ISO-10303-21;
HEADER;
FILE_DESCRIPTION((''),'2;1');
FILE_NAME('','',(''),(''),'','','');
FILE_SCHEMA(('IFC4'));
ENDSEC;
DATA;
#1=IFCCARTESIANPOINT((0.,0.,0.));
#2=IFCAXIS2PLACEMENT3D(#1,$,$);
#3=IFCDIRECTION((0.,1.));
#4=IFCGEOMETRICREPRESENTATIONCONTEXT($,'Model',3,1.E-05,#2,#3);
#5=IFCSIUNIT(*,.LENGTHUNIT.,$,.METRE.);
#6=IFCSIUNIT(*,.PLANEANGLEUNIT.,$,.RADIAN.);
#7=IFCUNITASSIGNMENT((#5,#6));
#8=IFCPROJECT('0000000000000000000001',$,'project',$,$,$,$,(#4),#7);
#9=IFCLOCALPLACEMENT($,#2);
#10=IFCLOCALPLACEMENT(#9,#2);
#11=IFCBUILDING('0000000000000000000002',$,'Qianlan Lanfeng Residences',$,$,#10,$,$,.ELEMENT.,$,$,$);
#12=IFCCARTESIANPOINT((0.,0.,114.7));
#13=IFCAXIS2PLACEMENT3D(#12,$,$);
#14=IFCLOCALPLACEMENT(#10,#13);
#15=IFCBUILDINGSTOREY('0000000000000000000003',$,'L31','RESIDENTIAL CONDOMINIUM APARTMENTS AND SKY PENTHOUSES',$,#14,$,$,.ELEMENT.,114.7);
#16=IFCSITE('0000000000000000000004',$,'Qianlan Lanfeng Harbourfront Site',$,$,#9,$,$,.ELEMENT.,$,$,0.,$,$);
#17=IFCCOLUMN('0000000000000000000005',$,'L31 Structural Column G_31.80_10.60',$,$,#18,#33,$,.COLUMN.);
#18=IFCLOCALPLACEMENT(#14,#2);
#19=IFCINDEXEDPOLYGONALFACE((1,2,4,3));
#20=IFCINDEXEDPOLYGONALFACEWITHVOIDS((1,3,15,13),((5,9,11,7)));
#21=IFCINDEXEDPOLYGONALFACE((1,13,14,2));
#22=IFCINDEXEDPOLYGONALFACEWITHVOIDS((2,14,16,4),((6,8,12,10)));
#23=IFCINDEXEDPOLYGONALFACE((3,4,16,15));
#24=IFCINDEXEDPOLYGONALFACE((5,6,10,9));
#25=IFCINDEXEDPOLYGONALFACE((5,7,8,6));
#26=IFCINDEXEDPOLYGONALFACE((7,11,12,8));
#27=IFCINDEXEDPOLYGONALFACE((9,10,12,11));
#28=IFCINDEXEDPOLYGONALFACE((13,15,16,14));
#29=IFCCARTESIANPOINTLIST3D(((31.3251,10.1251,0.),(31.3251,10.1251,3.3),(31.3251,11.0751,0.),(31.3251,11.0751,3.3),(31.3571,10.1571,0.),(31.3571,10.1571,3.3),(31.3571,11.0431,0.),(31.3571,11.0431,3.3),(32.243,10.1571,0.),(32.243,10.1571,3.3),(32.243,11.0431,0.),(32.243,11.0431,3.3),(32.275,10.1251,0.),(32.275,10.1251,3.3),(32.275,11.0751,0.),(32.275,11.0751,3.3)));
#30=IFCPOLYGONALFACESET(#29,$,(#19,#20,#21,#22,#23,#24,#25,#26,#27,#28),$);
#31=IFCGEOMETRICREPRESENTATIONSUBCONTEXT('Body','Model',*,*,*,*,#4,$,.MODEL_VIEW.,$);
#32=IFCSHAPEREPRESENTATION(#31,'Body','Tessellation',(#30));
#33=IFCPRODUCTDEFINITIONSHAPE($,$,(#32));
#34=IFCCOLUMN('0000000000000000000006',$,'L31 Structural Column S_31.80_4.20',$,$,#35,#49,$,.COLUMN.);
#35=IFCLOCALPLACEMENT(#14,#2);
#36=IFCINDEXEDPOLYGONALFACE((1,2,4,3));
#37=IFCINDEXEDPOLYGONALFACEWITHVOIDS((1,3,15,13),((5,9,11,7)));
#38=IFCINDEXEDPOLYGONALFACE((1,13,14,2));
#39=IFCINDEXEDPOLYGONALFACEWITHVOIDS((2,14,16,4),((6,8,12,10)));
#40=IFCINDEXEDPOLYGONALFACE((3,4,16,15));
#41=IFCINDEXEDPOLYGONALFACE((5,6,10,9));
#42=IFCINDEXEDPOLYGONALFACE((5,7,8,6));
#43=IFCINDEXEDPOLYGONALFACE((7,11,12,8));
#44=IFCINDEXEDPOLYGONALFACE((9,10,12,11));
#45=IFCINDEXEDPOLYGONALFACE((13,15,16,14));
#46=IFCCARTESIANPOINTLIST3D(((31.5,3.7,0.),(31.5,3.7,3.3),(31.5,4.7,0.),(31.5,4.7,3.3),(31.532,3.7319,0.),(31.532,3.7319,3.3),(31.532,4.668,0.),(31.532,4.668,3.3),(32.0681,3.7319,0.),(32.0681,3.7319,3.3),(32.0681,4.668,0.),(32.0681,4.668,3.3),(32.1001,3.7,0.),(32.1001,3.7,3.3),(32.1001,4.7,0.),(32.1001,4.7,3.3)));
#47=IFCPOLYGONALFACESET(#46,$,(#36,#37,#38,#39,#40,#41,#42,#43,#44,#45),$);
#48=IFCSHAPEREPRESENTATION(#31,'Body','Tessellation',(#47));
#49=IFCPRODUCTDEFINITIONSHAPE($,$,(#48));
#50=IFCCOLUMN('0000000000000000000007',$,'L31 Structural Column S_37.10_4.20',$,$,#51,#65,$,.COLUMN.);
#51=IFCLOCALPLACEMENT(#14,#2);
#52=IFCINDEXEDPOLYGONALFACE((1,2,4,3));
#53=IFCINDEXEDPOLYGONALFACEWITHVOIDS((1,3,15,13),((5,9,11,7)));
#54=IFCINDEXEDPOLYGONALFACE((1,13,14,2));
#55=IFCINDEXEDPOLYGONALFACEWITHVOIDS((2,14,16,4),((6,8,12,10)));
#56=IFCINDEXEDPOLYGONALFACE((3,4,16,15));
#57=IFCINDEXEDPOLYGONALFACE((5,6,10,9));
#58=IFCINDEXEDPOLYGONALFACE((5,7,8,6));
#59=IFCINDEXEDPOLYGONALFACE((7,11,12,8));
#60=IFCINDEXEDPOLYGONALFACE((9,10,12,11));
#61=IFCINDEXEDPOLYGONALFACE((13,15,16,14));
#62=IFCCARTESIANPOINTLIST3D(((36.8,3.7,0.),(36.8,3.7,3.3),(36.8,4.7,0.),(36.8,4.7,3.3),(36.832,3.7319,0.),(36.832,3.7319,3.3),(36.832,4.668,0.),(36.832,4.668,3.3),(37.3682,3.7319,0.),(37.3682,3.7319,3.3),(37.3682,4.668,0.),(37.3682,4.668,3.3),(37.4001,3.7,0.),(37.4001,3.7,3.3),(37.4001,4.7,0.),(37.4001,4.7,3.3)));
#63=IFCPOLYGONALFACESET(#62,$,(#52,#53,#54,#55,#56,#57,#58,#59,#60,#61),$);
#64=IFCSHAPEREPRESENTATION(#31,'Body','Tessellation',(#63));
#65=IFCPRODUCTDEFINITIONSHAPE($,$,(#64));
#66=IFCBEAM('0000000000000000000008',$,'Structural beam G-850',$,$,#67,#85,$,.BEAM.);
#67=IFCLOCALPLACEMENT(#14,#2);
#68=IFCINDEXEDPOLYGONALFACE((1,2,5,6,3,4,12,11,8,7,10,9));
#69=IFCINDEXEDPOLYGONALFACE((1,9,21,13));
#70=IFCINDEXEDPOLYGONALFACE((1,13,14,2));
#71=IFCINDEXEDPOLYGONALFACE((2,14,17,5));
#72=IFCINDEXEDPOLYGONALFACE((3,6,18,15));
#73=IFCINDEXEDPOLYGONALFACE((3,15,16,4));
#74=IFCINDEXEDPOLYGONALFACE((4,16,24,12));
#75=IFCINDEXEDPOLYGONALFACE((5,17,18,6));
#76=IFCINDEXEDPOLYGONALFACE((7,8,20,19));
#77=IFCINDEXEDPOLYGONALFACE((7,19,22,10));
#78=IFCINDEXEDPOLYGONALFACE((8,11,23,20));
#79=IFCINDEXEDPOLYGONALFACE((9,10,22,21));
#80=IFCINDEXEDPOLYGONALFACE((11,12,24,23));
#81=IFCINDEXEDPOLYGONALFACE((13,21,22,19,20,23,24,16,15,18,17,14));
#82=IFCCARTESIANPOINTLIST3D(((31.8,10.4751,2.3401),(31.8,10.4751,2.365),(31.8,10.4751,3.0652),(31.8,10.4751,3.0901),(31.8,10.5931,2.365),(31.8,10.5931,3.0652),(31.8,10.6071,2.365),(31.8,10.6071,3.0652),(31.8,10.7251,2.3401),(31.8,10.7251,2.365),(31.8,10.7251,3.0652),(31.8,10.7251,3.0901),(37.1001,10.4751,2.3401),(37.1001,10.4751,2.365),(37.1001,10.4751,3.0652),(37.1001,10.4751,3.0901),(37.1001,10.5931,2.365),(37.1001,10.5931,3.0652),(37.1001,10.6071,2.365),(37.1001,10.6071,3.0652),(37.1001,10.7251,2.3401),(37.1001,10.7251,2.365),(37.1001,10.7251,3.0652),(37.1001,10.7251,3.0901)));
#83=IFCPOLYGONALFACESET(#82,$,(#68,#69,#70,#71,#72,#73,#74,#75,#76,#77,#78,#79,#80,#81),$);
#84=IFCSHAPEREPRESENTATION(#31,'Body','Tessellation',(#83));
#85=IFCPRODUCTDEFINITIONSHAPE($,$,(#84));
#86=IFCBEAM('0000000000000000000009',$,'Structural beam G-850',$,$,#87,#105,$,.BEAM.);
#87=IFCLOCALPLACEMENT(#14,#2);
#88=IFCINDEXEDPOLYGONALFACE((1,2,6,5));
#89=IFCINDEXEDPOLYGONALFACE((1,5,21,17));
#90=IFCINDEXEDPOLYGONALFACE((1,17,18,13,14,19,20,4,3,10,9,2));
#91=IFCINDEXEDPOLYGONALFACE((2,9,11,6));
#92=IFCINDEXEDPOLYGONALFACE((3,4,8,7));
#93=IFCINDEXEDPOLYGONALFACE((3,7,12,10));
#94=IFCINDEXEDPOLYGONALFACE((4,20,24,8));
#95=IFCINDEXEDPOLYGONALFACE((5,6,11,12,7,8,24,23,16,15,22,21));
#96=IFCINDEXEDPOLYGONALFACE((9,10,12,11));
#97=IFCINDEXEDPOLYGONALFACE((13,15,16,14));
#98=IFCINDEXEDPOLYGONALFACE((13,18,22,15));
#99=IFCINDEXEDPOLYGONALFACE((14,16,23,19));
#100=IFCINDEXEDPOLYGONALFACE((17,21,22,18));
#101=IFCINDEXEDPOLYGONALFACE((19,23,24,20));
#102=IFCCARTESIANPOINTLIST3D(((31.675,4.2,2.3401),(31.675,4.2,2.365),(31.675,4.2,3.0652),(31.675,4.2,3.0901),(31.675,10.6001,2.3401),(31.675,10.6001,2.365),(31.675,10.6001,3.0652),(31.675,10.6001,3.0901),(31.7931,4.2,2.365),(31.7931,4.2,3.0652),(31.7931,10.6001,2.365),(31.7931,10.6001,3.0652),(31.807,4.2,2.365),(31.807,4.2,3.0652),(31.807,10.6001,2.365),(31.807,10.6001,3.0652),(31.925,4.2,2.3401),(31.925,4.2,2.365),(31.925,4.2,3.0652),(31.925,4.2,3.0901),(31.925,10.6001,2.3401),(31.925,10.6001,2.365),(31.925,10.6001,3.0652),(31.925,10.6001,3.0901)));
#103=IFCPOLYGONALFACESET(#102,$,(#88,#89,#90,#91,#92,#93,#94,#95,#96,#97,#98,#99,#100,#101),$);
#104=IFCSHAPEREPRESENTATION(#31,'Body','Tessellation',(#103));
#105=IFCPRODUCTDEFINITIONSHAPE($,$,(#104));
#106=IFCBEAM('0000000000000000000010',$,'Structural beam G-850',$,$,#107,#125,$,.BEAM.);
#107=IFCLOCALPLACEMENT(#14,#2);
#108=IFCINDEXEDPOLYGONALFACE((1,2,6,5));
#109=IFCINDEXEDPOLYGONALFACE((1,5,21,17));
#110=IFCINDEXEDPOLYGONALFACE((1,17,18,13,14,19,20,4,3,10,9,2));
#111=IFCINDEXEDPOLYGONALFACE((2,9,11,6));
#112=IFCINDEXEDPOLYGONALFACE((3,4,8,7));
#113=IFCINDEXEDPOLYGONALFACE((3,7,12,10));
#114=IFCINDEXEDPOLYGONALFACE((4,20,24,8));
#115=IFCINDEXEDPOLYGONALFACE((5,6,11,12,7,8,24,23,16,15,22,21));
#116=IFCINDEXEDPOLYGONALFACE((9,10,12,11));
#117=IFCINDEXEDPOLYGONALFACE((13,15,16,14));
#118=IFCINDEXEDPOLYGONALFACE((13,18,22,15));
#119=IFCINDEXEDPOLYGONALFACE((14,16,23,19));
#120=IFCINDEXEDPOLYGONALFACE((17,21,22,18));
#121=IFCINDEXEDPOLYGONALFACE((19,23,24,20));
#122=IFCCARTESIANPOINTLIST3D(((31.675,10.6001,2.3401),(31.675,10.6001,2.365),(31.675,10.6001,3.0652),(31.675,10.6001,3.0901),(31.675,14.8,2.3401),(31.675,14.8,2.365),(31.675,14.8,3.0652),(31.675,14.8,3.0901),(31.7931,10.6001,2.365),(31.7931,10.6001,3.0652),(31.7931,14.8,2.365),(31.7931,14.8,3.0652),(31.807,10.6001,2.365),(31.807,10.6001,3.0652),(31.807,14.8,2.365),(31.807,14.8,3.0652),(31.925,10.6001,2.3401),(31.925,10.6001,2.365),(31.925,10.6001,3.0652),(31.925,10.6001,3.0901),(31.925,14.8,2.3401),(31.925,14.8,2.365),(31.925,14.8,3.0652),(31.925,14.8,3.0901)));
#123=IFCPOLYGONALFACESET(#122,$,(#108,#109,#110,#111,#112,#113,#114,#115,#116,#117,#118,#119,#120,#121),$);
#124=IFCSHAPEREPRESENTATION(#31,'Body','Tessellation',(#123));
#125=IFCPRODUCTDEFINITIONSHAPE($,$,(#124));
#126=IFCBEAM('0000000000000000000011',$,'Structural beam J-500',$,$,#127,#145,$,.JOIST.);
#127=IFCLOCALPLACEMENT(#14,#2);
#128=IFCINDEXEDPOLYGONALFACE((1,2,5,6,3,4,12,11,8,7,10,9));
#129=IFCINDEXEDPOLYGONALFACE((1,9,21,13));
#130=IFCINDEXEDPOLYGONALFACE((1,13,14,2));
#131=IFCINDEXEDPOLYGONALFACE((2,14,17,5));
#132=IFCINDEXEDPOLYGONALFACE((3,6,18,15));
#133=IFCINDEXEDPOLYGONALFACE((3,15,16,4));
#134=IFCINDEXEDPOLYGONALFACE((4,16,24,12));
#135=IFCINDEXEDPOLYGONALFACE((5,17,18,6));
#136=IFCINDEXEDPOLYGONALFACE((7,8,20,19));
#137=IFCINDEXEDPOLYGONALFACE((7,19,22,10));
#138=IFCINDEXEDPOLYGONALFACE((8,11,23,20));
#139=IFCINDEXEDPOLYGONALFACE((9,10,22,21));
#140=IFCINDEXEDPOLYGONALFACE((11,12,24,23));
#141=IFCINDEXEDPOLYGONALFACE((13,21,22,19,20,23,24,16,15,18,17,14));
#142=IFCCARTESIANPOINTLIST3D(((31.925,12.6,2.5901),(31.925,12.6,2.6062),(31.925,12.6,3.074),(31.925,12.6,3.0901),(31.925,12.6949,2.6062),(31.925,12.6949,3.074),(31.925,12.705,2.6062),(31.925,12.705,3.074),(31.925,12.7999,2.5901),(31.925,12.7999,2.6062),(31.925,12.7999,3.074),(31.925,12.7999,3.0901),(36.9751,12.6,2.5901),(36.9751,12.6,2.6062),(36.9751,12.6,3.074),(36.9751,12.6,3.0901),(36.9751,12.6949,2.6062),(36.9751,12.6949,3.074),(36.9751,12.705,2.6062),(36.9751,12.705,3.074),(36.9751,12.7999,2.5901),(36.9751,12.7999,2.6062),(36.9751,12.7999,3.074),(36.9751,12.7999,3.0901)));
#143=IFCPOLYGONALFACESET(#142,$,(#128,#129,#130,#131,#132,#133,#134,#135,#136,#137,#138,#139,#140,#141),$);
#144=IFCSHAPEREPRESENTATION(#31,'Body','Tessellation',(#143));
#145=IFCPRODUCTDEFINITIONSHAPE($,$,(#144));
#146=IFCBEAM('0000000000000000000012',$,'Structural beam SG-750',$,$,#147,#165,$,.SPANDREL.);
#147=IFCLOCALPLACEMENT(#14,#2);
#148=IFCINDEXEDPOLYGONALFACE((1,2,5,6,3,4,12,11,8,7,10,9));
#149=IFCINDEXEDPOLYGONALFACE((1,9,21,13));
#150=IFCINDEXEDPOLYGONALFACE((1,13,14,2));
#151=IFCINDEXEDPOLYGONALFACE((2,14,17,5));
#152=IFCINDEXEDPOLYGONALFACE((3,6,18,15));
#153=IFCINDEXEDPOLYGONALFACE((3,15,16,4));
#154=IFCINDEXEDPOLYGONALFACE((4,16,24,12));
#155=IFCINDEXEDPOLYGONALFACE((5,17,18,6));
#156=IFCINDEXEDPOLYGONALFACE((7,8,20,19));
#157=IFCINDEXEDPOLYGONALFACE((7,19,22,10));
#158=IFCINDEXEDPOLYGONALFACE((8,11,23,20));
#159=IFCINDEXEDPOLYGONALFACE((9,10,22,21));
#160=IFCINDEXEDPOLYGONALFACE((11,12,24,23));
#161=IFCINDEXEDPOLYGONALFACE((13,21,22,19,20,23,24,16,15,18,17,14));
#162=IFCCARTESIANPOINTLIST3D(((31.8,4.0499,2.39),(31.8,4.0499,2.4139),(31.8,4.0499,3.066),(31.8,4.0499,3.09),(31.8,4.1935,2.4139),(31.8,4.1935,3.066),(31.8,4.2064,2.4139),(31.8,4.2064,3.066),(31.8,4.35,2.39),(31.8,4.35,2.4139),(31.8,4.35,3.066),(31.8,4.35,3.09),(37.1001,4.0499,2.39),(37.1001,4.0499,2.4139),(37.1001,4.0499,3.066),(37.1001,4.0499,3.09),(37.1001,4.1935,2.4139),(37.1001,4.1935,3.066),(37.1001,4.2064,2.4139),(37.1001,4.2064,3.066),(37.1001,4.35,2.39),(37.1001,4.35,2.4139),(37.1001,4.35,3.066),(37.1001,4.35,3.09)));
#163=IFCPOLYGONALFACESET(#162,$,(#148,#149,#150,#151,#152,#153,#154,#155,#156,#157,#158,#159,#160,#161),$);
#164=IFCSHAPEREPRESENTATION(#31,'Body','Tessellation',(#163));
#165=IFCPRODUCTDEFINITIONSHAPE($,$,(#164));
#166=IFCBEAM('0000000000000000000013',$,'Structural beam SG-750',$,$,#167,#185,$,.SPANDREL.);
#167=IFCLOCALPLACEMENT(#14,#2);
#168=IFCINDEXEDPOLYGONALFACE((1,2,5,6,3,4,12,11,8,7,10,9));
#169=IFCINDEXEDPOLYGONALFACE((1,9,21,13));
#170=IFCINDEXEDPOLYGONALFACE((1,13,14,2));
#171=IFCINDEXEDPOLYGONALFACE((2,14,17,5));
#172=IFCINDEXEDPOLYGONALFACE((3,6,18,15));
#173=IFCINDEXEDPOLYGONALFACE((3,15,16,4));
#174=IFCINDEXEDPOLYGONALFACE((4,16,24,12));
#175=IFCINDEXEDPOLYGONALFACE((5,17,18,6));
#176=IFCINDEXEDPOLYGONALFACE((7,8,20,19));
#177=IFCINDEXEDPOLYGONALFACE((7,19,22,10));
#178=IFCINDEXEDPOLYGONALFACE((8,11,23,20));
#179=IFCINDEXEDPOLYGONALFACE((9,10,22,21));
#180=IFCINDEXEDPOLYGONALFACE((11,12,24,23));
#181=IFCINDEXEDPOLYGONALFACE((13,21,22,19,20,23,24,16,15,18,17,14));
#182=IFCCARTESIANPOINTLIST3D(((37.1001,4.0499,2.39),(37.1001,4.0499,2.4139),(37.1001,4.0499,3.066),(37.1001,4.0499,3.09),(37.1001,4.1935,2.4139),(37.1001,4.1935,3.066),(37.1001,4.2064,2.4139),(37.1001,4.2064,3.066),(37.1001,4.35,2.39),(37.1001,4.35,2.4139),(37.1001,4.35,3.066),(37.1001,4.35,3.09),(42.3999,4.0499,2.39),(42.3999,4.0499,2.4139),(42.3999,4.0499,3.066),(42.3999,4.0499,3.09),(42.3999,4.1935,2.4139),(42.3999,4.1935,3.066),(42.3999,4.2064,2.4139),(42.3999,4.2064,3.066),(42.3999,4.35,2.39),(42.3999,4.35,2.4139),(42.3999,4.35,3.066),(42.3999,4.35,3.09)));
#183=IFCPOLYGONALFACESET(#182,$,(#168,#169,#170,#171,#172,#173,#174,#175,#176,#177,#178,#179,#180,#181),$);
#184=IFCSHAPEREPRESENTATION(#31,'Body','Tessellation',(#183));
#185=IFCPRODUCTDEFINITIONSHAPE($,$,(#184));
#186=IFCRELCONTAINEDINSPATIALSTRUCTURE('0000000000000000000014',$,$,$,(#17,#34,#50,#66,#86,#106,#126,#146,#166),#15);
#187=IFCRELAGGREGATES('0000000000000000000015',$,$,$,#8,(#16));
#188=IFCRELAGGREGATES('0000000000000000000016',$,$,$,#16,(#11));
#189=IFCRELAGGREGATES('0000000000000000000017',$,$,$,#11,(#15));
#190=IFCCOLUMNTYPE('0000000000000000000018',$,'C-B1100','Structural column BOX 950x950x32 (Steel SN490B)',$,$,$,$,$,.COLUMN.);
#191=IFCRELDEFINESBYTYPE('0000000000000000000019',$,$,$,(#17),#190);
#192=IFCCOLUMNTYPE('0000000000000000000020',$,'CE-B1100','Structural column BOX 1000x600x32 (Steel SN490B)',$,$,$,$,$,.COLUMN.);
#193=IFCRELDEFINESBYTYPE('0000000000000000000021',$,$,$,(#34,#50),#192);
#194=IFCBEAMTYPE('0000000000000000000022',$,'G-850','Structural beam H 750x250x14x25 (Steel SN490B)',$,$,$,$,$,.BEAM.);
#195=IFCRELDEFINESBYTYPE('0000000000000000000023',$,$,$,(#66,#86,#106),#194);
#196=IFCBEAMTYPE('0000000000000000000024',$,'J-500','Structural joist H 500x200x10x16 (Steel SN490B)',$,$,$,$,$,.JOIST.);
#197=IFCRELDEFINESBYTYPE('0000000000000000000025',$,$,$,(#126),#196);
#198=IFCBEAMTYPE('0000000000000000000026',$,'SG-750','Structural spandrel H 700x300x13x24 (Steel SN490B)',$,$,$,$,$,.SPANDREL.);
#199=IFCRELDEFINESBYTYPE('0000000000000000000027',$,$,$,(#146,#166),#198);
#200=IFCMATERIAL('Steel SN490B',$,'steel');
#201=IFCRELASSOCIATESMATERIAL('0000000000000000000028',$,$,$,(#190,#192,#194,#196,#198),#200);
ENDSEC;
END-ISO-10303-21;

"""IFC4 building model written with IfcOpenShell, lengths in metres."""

from ifc_helpers import new_model, si_unit, direction, frame, origin, origin_2d, place, context, subcontext, project, spatial, hollow_rectangle, i_section, extrude, material, material_profile, profile_set, type_object, element, save


model = new_model("IFC4")

# Units and contexts
model_context = context("Model", 3, precision=1e-05, world=origin(), true_north=direction((0.0, 1.0)))
body_context = subcontext(model_context, "Body", "Model", "MODEL_VIEW")
ifc_project = project(units=[si_unit("LENGTHUNIT", "METRE"), si_unit("PLANEANGLEUNIT", "RADIAN")], contexts=[model_context])

# Site, building, storey
site_placement = place(None, origin())
site = spatial("IfcSite", under=ifc_project, at=site_placement, Name="Qianlan Lanfeng Harbourfront Site", CompositionType="ELEMENT", RefElevation=0.0)
building_placement = place(site_placement, origin())
building = spatial("IfcBuilding", under=site, at=building_placement, Name="Qianlan Lanfeng Residences", CompositionType="ELEMENT")
storey_placement = place(building_placement, frame((0.0, 0.0, 114.7)))
storey = spatial("IfcBuildingStorey", under=building, at=storey_placement, Name="L31", Description="RESIDENTIAL CONDOMINIUM APARTMENTS AND SKY PENTHOUSES", CompositionType="ELEMENT", Elevation=114.7)

# Columns
ifc_material_1 = material(Name="Steel SN490B", Category="steel")
ifc_material_profile_1 = material_profile(ifc_material_1, hollow_rectangle(XDim=0.95, YDim=0.95, WallThickness=0.032, at=origin_2d()), Name="BOX 950x950x32")
ifc_profile_set_1 = profile_set([ifc_material_profile_1], Name="Steel SN490B")
column_type_1 = type_object("IfcColumnType", Name="C-B1100", Description="Structural column BOX 950x950x32 (Steel SN490B)", PredefinedType="COLUMN", material=ifc_profile_set_1)
column_placement = place(storey_placement, frame((31.8, 10.6001, 0.0), z_axis=(0.0, 0.0, 1.0), x_axis=(1.0, 0.0, 0.0)))
element("IfcColumn", 1, at=column_placement, inside=storey, type_object=column_type_1, Name="L31 Structural Column G_31.80_10.60", PredefinedType="COLUMN", context=body_context, shape_type="SweptSolid", body=[
    extrude(hollow_rectangle(XDim=0.95, YDim=0.95, WallThickness=0.032, at=origin_2d()), origin(), (0.0, 0.0, 1.0), 3.3),
])
ifc_material_profile_2 = material_profile(ifc_material_1, hollow_rectangle(XDim=0.6001, YDim=1.0, WallThickness=0.032, at=origin_2d()), Name="BOX 1000x600x32")
ifc_profile_set_2 = profile_set([ifc_material_profile_2], Name="Steel SN490B")
column_type_2 = type_object("IfcColumnType", Name="CE-B1100", Description="Structural column BOX 1000x600x32 (Steel SN490B)", PredefinedType="COLUMN", material=ifc_profile_set_2)
for number, where, z_axis, x_axis, name in (
    (2, (31.8, 4.2, 0.0), (0.0, 0.0, 1.0), (1.0, 0.0, 0.0), "L31 Structural Column S_31.80_4.20"),
    (3, (37.1001, 4.2, 0.0), (0.0, 0.0, 1.0), (1.0, 0.0, 0.0), "L31 Structural Column S_37.10_4.20"),
):
    element("IfcColumn", number, at=place(storey_placement, frame(where, z_axis=z_axis, x_axis=x_axis)), inside=storey, type_object=column_type_2, Name=name, PredefinedType="COLUMN", context=body_context, shape_type="SweptSolid", body=[
        extrude(hollow_rectangle(XDim=0.6001, YDim=1.0, WallThickness=0.032, at=origin_2d()), origin(), (0.0, 0.0, 1.0), 3.3),
    ])

# Beams
ifc_material_profile_3 = material_profile(ifc_material_1, i_section(OverallWidth=0.25, OverallDepth=0.75, WebThickness=0.0139, FlangeThickness=0.0249, at=origin_2d()), Name="H 750x250x14x25")
ifc_profile_set_3 = profile_set([ifc_material_profile_3], Name="Steel SN490B")
beam_type_1 = type_object("IfcBeamType", Name="G-850", Description="Structural beam H 750x250x14x25 (Steel SN490B)", PredefinedType="BEAM", material=ifc_profile_set_3)
beam_1_placement = place(storey_placement, frame((31.8, 10.6001, 2.7151), z_axis=(1.0, 0.0, 0.0), x_axis=(0.0, 1.0, 0.0)))
element("IfcBeam", 4, at=beam_1_placement, inside=storey, type_object=beam_type_1, Name="Structural beam G-850", PredefinedType="BEAM", context=body_context, shape_type="SweptSolid", body=[
    extrude(i_section(OverallWidth=0.25, OverallDepth=0.75, WebThickness=0.0139, FlangeThickness=0.0249, at=origin_2d()), origin(), (0.0, 0.0, 1.0), 5.3),
])
beam_2_placement = place(storey_placement, frame((31.8, 4.2, 2.7151), z_axis=(0.0, 1.0, 0.0), x_axis=(-1.0, 0.0, 0.0)))
element("IfcBeam", 5, at=beam_2_placement, inside=storey, type_object=beam_type_1, Name="Structural beam G-850", PredefinedType="BEAM", context=body_context, shape_type="SweptSolid", body=[
    extrude(i_section(OverallWidth=0.25, OverallDepth=0.75, WebThickness=0.0139, FlangeThickness=0.0249, at=origin_2d()), origin(), (0.0, 0.0, 1.0), 6.4001),
])
beam_3_placement = place(storey_placement, frame((31.8, 10.6001, 2.7151), z_axis=(0.0, 1.0, 0.0), x_axis=(-1.0, 0.0, 0.0)))
element("IfcBeam", 6, at=beam_3_placement, inside=storey, type_object=beam_type_1, Name="Structural beam G-850", PredefinedType="BEAM", context=body_context, shape_type="SweptSolid", body=[
    extrude(i_section(OverallWidth=0.25, OverallDepth=0.75, WebThickness=0.0139, FlangeThickness=0.0249, at=origin_2d()), origin(), (0.0, 0.0, 1.0), 4.2),
])
ifc_material_profile_4 = material_profile(ifc_material_1, i_section(OverallWidth=0.2, OverallDepth=0.5, WebThickness=0.01, FlangeThickness=0.0161, at=origin_2d()), Name="H 500x200x10x16")
ifc_profile_set_4 = profile_set([ifc_material_profile_4], Name="Steel SN490B")
beam_type_2 = type_object("IfcBeamType", Name="J-500", Description="Structural joist H 500x200x10x16 (Steel SN490B)", PredefinedType="JOIST", material=ifc_profile_set_4)
beam_4_placement = place(storey_placement, frame((31.925, 12.7, 2.8401), z_axis=(1.0, 0.0, 0.0), x_axis=(0.0, 1.0, 0.0)))
element("IfcBeam", 7, at=beam_4_placement, inside=storey, type_object=beam_type_2, Name="Structural beam J-500", PredefinedType="JOIST", context=body_context, shape_type="SweptSolid", body=[
    extrude(i_section(OverallWidth=0.2, OverallDepth=0.5, WebThickness=0.01, FlangeThickness=0.0161, at=origin_2d()), origin(), (0.0, 0.0, 1.0), 5.05),
])
ifc_material_profile_5 = material_profile(ifc_material_1, i_section(OverallWidth=0.3, OverallDepth=0.7, WebThickness=0.0129, FlangeThickness=0.0239, at=origin_2d()), Name="H 700x300x13x24")
ifc_profile_set_5 = profile_set([ifc_material_profile_5], Name="Steel SN490B")
beam_type_3 = type_object("IfcBeamType", Name="SG-750", Description="Structural spandrel H 700x300x13x24 (Steel SN490B)", PredefinedType="SPANDREL", material=ifc_profile_set_5)
beam_5_placement = place(storey_placement, frame((31.8, 4.2, 2.74), z_axis=(1.0, 0.0, 0.0), x_axis=(0.0, 1.0, 0.0)))
element("IfcBeam", 8, at=beam_5_placement, inside=storey, type_object=beam_type_3, Name="Structural beam SG-750", PredefinedType="SPANDREL", context=body_context, shape_type="SweptSolid", body=[
    extrude(i_section(OverallWidth=0.3, OverallDepth=0.7, WebThickness=0.0129, FlangeThickness=0.0239, at=origin_2d()), origin(), (0.0, 0.0, 1.0), 5.3),
])
beam_6_placement = place(storey_placement, frame((37.1001, 4.2, 2.74), z_axis=(1.0, 0.0, 0.0), x_axis=(0.0, 1.0, 0.0)))
element("IfcBeam", 9, at=beam_6_placement, inside=storey, type_object=beam_type_3, Name="Structural beam SG-750", PredefinedType="SPANDREL", context=body_context, shape_type="SweptSolid", body=[
    extrude(i_section(OverallWidth=0.3, OverallDepth=0.7, WebThickness=0.0129, FlangeThickness=0.0239, at=origin_2d()), origin(), (0.0, 0.0, 1.0), 5.2998),
])

save(model, "model.ifc")
